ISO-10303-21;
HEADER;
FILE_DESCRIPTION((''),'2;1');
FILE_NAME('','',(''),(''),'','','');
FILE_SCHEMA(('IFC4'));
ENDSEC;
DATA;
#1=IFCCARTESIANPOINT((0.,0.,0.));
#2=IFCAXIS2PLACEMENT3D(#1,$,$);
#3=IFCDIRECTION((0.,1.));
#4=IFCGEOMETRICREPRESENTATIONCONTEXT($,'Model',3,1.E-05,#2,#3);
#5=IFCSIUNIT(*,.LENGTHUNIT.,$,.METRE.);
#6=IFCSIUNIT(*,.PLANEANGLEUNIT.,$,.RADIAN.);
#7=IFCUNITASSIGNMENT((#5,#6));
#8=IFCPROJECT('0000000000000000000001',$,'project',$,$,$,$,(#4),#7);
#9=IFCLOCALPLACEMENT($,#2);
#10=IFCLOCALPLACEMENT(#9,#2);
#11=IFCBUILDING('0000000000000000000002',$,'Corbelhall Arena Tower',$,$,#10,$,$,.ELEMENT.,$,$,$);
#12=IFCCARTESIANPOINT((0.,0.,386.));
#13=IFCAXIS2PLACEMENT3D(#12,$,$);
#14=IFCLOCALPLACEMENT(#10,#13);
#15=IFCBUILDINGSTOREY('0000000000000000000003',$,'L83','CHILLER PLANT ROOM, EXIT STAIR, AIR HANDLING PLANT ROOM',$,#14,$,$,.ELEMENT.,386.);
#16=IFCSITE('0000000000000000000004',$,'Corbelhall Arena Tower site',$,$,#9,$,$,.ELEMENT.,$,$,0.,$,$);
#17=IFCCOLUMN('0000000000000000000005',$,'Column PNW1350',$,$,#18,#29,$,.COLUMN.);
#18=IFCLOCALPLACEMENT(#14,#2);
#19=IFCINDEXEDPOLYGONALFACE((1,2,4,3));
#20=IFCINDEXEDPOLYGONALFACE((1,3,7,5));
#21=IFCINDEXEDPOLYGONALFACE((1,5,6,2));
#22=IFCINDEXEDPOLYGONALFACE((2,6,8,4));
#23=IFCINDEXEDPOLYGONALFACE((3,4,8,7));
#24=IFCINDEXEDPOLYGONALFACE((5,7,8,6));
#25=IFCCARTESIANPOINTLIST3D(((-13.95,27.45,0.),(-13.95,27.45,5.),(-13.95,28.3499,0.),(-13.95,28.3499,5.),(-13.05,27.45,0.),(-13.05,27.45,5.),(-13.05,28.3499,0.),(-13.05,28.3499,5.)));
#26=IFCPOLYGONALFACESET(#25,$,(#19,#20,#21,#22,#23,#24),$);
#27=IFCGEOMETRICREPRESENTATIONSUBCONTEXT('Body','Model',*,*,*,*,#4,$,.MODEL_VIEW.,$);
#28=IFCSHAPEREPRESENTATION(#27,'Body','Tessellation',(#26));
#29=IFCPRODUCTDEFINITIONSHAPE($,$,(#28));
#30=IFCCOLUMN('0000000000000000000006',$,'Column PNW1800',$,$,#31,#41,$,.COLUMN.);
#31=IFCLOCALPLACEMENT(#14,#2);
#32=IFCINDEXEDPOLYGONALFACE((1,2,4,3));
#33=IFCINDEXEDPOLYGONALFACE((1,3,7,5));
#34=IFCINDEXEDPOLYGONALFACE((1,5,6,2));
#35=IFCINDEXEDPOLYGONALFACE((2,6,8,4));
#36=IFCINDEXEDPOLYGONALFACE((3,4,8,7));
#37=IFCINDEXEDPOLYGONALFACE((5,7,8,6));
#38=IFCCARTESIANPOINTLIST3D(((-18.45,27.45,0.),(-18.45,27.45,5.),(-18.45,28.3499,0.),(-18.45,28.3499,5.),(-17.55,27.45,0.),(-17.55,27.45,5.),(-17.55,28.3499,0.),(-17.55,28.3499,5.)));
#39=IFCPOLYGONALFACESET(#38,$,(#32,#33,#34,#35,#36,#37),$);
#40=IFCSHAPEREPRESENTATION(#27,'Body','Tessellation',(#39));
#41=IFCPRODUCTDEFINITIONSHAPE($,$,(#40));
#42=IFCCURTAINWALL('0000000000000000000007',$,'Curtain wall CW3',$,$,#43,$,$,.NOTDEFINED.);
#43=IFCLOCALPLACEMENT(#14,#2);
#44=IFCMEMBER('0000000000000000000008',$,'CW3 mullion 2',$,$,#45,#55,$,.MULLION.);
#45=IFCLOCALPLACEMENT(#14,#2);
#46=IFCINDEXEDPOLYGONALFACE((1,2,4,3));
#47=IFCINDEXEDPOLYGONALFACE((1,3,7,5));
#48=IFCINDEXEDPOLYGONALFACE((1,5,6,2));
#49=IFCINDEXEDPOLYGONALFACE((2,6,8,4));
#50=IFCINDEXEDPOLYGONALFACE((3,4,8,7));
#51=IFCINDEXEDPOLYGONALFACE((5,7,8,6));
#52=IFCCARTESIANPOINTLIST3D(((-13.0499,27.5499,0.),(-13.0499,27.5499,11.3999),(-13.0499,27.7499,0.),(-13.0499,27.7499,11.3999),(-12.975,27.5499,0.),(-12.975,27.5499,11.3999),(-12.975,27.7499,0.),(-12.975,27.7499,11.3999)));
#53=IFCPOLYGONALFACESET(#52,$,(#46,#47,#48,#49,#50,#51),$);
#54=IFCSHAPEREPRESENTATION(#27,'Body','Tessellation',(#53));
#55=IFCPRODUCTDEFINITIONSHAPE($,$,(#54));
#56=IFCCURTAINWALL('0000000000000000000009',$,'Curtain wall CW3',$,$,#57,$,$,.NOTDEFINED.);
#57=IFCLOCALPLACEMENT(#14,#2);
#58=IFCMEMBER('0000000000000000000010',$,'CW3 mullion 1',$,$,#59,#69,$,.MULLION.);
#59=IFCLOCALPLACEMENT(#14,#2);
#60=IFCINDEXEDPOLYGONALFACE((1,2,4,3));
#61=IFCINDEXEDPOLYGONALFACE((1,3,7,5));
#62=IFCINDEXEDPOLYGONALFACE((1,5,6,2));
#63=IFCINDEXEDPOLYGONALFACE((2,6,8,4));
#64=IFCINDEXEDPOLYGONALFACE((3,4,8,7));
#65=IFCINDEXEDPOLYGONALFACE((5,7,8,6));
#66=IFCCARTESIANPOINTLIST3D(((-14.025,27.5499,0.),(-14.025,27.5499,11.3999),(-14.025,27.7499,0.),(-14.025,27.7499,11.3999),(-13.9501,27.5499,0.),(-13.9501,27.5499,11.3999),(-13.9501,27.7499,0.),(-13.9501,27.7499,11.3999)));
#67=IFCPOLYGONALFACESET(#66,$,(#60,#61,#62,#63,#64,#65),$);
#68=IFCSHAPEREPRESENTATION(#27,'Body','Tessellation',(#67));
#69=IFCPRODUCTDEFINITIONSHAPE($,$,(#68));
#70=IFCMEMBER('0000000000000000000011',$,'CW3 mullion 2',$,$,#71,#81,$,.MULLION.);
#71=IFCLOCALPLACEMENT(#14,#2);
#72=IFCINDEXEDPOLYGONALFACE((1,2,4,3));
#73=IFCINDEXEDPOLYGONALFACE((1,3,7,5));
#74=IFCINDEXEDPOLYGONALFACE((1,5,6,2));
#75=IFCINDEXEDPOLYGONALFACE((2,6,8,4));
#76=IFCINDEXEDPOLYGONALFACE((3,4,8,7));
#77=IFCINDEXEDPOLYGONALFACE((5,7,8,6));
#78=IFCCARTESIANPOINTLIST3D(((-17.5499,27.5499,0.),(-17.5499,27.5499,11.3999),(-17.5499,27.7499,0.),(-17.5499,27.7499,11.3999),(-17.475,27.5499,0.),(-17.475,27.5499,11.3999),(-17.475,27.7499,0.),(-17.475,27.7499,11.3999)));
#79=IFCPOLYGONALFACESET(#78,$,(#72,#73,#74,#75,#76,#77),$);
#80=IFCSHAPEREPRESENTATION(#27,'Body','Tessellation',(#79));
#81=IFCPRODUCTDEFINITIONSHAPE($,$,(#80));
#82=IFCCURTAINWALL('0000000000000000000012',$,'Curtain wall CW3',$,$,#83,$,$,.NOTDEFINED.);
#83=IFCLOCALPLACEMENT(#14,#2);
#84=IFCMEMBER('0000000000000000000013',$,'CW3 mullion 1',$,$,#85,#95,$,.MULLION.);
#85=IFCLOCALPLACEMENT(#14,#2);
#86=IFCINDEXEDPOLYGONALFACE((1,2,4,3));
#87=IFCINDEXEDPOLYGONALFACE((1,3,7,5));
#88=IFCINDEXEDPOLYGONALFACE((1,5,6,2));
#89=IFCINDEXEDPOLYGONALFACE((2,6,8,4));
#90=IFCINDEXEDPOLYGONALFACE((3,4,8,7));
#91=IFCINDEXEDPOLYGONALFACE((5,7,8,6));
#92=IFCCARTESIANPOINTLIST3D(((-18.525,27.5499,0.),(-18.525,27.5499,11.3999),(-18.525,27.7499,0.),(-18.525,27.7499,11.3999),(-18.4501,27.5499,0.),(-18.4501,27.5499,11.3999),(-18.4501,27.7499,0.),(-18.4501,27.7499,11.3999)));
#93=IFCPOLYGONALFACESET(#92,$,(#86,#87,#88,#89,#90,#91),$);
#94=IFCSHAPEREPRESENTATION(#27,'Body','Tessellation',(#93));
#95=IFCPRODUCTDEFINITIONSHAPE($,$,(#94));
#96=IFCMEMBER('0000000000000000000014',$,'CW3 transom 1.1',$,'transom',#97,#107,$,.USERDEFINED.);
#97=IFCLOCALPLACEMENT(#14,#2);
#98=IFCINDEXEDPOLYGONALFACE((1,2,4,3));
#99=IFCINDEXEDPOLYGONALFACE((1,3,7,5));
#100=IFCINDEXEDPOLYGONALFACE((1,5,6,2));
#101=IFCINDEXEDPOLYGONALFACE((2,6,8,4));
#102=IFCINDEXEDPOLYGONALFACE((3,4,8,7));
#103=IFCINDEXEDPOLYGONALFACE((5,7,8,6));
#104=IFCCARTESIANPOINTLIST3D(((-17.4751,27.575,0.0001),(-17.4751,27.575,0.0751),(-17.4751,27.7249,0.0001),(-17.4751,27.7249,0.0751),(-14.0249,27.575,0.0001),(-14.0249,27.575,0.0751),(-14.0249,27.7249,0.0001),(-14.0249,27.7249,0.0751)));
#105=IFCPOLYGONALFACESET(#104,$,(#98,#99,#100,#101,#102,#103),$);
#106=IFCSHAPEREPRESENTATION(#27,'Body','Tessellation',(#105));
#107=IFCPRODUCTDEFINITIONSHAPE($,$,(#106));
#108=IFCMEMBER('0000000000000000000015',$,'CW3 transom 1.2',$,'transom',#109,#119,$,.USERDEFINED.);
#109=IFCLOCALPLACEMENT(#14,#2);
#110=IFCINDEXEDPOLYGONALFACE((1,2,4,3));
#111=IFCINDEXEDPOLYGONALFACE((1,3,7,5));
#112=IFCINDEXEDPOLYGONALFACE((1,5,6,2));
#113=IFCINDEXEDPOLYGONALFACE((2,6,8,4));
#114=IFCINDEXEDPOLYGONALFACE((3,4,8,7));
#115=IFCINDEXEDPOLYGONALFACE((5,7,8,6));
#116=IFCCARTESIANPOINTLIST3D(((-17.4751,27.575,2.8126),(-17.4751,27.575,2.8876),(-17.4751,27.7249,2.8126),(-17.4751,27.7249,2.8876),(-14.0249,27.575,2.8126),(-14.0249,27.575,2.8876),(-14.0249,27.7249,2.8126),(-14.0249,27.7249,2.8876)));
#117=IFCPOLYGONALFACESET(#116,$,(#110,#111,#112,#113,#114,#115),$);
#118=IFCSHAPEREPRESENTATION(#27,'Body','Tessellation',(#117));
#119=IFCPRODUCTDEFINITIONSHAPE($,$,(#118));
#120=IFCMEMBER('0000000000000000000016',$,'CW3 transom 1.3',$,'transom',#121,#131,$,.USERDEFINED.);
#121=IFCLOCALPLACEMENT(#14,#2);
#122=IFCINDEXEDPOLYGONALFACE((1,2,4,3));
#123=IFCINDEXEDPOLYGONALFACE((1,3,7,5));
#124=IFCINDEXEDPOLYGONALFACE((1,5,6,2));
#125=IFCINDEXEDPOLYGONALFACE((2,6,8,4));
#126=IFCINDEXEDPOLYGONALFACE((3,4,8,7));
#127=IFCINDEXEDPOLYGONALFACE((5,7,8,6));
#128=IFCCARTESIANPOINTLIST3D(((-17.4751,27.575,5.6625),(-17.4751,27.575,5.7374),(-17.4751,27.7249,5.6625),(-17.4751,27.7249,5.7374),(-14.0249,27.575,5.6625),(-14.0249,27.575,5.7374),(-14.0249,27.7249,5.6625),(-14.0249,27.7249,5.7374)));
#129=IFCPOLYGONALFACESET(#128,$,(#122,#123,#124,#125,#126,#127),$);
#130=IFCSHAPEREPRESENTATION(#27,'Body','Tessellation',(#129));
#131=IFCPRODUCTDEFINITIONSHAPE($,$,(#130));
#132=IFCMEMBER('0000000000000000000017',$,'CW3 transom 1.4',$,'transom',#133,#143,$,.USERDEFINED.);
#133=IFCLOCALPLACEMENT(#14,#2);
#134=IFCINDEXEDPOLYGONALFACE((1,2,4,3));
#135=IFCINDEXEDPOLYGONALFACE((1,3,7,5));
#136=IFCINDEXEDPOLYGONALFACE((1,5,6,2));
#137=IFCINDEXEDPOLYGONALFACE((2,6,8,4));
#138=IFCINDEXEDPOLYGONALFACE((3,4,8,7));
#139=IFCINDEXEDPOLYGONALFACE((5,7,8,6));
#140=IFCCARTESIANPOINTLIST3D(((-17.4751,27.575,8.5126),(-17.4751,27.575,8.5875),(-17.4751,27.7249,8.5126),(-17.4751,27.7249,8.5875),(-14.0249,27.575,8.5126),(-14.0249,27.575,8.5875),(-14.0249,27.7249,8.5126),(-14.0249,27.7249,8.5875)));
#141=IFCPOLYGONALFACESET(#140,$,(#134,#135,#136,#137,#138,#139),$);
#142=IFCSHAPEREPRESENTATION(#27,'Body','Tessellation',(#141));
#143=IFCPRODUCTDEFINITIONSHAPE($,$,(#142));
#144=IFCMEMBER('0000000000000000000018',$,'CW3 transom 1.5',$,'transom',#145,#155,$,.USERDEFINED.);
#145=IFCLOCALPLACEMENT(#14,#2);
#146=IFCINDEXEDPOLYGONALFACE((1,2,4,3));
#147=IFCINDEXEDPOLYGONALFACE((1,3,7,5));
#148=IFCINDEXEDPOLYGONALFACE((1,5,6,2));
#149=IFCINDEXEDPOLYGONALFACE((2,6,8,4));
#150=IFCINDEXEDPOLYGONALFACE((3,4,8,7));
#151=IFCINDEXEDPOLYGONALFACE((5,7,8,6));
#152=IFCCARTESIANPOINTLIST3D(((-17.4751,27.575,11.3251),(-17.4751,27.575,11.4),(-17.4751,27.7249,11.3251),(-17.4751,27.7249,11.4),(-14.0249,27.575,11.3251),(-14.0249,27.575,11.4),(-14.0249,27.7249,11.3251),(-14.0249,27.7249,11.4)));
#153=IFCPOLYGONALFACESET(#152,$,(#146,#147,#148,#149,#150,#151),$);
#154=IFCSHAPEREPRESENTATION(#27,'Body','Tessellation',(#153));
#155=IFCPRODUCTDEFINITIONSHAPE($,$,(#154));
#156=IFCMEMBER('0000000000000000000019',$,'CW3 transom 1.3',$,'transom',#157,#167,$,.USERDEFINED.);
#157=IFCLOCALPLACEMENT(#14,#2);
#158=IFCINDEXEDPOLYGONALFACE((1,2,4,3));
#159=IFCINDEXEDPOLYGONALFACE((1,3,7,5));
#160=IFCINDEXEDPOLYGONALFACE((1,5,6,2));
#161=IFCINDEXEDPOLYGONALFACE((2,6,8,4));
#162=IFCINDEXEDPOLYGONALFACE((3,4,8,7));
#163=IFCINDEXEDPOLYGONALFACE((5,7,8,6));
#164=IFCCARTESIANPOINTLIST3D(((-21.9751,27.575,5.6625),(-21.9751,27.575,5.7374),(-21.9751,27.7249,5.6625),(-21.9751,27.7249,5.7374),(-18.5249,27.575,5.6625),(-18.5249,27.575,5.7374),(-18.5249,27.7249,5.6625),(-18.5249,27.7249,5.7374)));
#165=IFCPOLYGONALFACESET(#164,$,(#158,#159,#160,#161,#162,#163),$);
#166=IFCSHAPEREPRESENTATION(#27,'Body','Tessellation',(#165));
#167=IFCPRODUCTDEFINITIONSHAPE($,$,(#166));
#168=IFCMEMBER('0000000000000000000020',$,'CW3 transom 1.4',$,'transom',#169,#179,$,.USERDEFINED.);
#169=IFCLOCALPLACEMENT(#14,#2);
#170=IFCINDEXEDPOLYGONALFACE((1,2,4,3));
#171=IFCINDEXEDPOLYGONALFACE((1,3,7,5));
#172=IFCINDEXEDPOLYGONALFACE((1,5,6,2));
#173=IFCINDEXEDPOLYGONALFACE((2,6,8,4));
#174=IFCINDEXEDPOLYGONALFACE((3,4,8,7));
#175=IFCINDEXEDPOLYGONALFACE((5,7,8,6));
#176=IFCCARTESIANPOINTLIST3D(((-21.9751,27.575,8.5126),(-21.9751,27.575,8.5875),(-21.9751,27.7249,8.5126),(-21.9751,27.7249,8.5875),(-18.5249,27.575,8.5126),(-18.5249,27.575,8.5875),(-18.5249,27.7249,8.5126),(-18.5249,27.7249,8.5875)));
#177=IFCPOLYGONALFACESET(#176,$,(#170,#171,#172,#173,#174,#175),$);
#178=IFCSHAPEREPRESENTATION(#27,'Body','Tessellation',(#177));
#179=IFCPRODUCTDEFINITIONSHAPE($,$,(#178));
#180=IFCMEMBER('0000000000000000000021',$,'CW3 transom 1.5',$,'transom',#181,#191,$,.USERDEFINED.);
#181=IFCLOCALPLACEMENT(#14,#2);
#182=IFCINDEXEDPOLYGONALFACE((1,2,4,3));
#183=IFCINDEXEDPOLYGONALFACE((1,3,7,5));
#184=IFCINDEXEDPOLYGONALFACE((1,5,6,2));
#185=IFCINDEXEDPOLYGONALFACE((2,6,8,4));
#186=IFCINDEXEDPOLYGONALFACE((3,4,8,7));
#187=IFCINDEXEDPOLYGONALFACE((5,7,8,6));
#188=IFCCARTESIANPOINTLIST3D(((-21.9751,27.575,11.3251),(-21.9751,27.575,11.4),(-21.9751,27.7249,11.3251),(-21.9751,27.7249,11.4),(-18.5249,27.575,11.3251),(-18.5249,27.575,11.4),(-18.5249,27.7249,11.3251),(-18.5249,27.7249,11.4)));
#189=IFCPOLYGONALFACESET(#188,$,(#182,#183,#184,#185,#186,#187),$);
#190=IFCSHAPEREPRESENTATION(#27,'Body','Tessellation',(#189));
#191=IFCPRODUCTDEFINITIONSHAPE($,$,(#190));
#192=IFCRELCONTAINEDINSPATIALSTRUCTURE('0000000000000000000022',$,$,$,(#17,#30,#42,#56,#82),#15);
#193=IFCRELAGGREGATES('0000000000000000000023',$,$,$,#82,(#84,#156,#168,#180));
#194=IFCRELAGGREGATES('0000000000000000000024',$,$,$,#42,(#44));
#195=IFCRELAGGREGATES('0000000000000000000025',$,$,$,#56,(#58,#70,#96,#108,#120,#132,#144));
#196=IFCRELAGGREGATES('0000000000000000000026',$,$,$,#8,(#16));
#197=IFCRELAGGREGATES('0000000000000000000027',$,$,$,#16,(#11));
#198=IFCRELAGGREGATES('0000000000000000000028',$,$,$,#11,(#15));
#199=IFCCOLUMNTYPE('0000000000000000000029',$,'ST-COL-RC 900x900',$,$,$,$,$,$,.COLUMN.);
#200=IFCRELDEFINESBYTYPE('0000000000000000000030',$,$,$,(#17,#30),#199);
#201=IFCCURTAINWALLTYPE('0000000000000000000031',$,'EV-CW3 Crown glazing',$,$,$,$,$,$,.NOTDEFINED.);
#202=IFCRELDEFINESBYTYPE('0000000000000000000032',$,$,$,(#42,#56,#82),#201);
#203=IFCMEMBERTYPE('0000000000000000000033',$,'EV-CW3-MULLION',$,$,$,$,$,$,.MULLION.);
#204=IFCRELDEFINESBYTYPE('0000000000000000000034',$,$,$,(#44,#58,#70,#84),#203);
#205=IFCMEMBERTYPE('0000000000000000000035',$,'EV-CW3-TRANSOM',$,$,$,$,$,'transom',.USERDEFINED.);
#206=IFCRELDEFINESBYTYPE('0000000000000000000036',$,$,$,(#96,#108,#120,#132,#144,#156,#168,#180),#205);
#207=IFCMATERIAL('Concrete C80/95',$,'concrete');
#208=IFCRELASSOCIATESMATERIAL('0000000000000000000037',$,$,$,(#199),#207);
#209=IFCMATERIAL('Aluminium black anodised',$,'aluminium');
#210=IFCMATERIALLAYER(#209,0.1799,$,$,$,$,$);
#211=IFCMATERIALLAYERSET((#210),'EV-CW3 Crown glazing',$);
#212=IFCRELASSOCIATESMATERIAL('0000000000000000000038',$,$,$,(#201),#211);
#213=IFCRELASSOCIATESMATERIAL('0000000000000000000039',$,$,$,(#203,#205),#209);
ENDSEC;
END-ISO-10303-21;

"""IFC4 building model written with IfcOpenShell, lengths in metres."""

from ifc_helpers import new_model, si_unit, direction, frame, origin, origin_2d, place, context, subcontext, project, spatial, rectangle, extrude, material, layer, layer_set, material_profile, profile_set, type_object, element, aggregate, save


model = new_model("IFC4")

# Units and contexts
model_context = context("Model", 3, precision=1e-05, world=origin(), true_north=direction((0.0, 1.0)))
body_context = subcontext(model_context, "Body", "Model", "MODEL_VIEW")
ifc_project = project(units=[si_unit("LENGTHUNIT", "METRE"), si_unit("PLANEANGLEUNIT", "RADIAN")], contexts=[model_context])

# Site, building, storey
site_placement = place(None, origin())
site = spatial("IfcSite", under=ifc_project, at=site_placement, Name="Corbelhall Arena Tower site", CompositionType="ELEMENT", RefElevation=0.0)
building_placement = place(site_placement, origin())
building = spatial("IfcBuilding", under=site, at=building_placement, Name="Corbelhall Arena Tower", CompositionType="ELEMENT")
storey_placement = place(building_placement, frame((0.0, 0.0, 386.0)))
storey = spatial("IfcBuildingStorey", under=building, at=storey_placement, Name="L83", Description="CHILLER PLANT ROOM, EXIT STAIR, AIR HANDLING PLANT ROOM", CompositionType="ELEMENT", Elevation=386.0)

# Columns
ifc_material_1 = material(Name="Concrete C80/95", Category="concrete")
ifc_material_profile_1 = material_profile(ifc_material_1, rectangle(XDim=0.8999, YDim=0.8999, at=origin_2d()))
ifc_profile_set_1 = profile_set([ifc_material_profile_1], Name="Concrete C80/95")
column_type = type_object("IfcColumnType", Name="ST-COL-RC 900x900", PredefinedType="COLUMN", material=ifc_profile_set_1)
for number, where, z_axis, x_axis, name in (
    (1, (-13.5, 27.8999, 0.0), (0.0, 0.0, 1.0), (1.0, 0.0, 0.0), "Column PNW1350"),
    (2, (-18.0, 27.8999, 0.0), (0.0, 0.0, 1.0), (1.0, 0.0, 0.0), "Column PNW1800"),
):
    element("IfcColumn", number, at=place(storey_placement, frame(where, z_axis=z_axis, x_axis=x_axis)), inside=storey, type_object=column_type, Name=name, PredefinedType="COLUMN", context=body_context, shape_type="SweptSolid", body=[
        extrude(rectangle(XDim=0.8999, YDim=0.8999, at=origin_2d()), origin(), (0.0, 0.0, 1.0), 5.0),
    ])

# Curtain wall, member
ifc_material_2 = material(Name="Aluminium black anodised", Category="aluminium")
ifc_layer_1 = layer(ifc_material_2, 0.1799)
ifc_layer_set_1 = layer_set([ifc_layer_1], Name="EV-CW3 Crown glazing")
curtain_wall_type = type_object("IfcCurtainWallType", Name="EV-CW3 Crown glazing", PredefinedType="NOTDEFINED", material=ifc_layer_set_1)
curtain_wall_1_placement = place(storey_placement, origin())
curtain_wall_1 = element("IfcCurtainWall", 3, at=curtain_wall_1_placement, inside=storey, type_object=curtain_wall_type, Name="Curtain wall CW3", PredefinedType="NOTDEFINED")
ifc_material_profile_2 = material_profile(ifc_material_2, rectangle(XDim=0.2, YDim=0.075, at=origin_2d()))
ifc_profile_set_2 = profile_set([ifc_material_profile_2], Name="Aluminium black anodised")
member_type_1 = type_object("IfcMemberType", Name="EV-CW3-MULLION", PredefinedType="MULLION", material=ifc_profile_set_2)
member_1_placement = place(storey_placement, frame((-13.0125, 27.6499, 0.0), z_axis=(0.0, 0.0, 1.0), x_axis=(0.0, -1.0, 0.0)))
member_1 = element("IfcMember", 4, at=member_1_placement, type_object=member_type_1, Name="CW3 mullion 2", PredefinedType="MULLION", context=body_context, shape_type="SweptSolid", body=[
    extrude(rectangle(XDim=0.2, YDim=0.075, at=origin_2d()), origin(), (0.0, 0.0, 1.0), 11.3999),
])

# Curtain wall, members
curtain_wall_2_placement = place(storey_placement, origin())
curtain_wall_2 = element("IfcCurtainWall", 5, at=curtain_wall_2_placement, inside=storey, type_object=curtain_wall_type, Name="Curtain wall CW3", PredefinedType="NOTDEFINED")
member_2_placement = place(storey_placement, frame((-13.9875, 27.6499, 0.0), z_axis=(0.0, 0.0, 1.0), x_axis=(0.0, -1.0, 0.0)))
member_2 = element("IfcMember", 6, at=member_2_placement, type_object=member_type_1, Name="CW3 mullion 1", PredefinedType="MULLION", context=body_context, shape_type="SweptSolid", body=[
    extrude(rectangle(XDim=0.2, YDim=0.075, at=origin_2d()), origin(), (0.0, 0.0, 1.0), 11.3999),
])
member_3_placement = place(storey_placement, frame((-17.5125, 27.6499, 0.0), z_axis=(0.0, 0.0, 1.0), x_axis=(0.0, -1.0, 0.0)))
member_3 = element("IfcMember", 7, at=member_3_placement, type_object=member_type_1, Name="CW3 mullion 2", PredefinedType="MULLION", context=body_context, shape_type="SweptSolid", body=[
    extrude(rectangle(XDim=0.2, YDim=0.075, at=origin_2d()), origin(), (0.0, 0.0, 1.0), 11.3999),
])

# Curtain wall, member
curtain_wall_3_placement = place(storey_placement, origin())
curtain_wall_3 = element("IfcCurtainWall", 8, at=curtain_wall_3_placement, inside=storey, type_object=curtain_wall_type, Name="Curtain wall CW3", PredefinedType="NOTDEFINED")
member_4_placement = place(storey_placement, frame((-18.4875, 27.6499, 0.0), z_axis=(0.0, 0.0, 1.0), x_axis=(0.0, -1.0, 0.0)))
member_4 = element("IfcMember", 9, at=member_4_placement, type_object=member_type_1, Name="CW3 mullion 1", PredefinedType="MULLION", context=body_context, shape_type="SweptSolid", body=[
    extrude(rectangle(XDim=0.2, YDim=0.075, at=origin_2d()), origin(), (0.0, 0.0, 1.0), 11.3999),
])

# Members
ifc_material_profile_3 = material_profile(ifc_material_2, rectangle(XDim=0.1499, YDim=0.075, at=origin_2d()))
ifc_profile_set_3 = profile_set([ifc_material_profile_3], Name="Aluminium black anodised")
member_type_2 = type_object("IfcMemberType", Name="EV-CW3-TRANSOM", ElementType="transom", PredefinedType="USERDEFINED", material=ifc_profile_set_3)
member_5_placement = place(storey_placement, frame((-14.0249, 27.6499, 0.0376), z_axis=(-1.0, 0.0, 0.0), x_axis=(0.0, -1.0, 0.0)))
member_5 = element("IfcMember", 10, at=member_5_placement, type_object=member_type_2, Name="CW3 transom 1.1", ObjectType="transom", PredefinedType="USERDEFINED", context=body_context, shape_type="SweptSolid", body=[
    extrude(rectangle(XDim=0.1499, YDim=0.075, at=origin_2d()), origin(), (0.0, 0.0, 1.0), 3.4502),
])
member_6_placement = place(storey_placement, frame((-14.0249, 27.6499, 2.8501), z_axis=(-1.0, 0.0, 0.0), x_axis=(0.0, -1.0, 0.0)))
member_6 = element("IfcMember", 11, at=member_6_placement, type_object=member_type_2, Name="CW3 transom 1.2", ObjectType="transom", PredefinedType="USERDEFINED", context=body_context, shape_type="SweptSolid", body=[
    extrude(rectangle(XDim=0.1499, YDim=0.075, at=origin_2d()), origin(), (0.0, 0.0, 1.0), 3.4502),
])
member_7_placement = place(storey_placement, frame((-14.0249, 27.6499, 5.7), z_axis=(-1.0, 0.0, 0.0), x_axis=(0.0, -1.0, 0.0)))
member_7 = element("IfcMember", 12, at=member_7_placement, type_object=member_type_2, Name="CW3 transom 1.3", ObjectType="transom", PredefinedType="USERDEFINED", context=body_context, shape_type="SweptSolid", body=[
    extrude(rectangle(XDim=0.1499, YDim=0.075, at=origin_2d()), origin(), (0.0, 0.0, 1.0), 3.4502),
])
member_8_placement = place(storey_placement, frame((-14.0249, 27.6499, 8.55), z_axis=(-1.0, 0.0, 0.0), x_axis=(0.0, -1.0, 0.0)))
member_8 = element("IfcMember", 13, at=member_8_placement, type_object=member_type_2, Name="CW3 transom 1.4", ObjectType="transom", PredefinedType="USERDEFINED", context=body_context, shape_type="SweptSolid", body=[
    extrude(rectangle(XDim=0.1499, YDim=0.075, at=origin_2d()), origin(), (0.0, 0.0, 1.0), 3.4502),
])
member_9_placement = place(storey_placement, frame((-14.0249, 27.6499, 11.3625), z_axis=(-1.0, 0.0, 0.0), x_axis=(0.0, -1.0, 0.0)))
member_9 = element("IfcMember", 14, at=member_9_placement, type_object=member_type_2, Name="CW3 transom 1.5", ObjectType="transom", PredefinedType="USERDEFINED", context=body_context, shape_type="SweptSolid", body=[
    extrude(rectangle(XDim=0.1499, YDim=0.075, at=origin_2d()), origin(), (0.0, 0.0, 1.0), 3.4502),
])
member_10_placement = place(storey_placement, frame((-18.5249, 27.6499, 5.7), z_axis=(-1.0, 0.0, 0.0), x_axis=(0.0, -1.0, 0.0)))
member_10 = element("IfcMember", 15, at=member_10_placement, type_object=member_type_2, Name="CW3 transom 1.3", ObjectType="transom", PredefinedType="USERDEFINED", context=body_context, shape_type="SweptSolid", body=[
    extrude(rectangle(XDim=0.1499, YDim=0.075, at=origin_2d()), origin(), (0.0, 0.0, 1.0), 3.4502),
])
member_11_placement = place(storey_placement, frame((-18.5249, 27.6499, 8.55), z_axis=(-1.0, 0.0, 0.0), x_axis=(0.0, -1.0, 0.0)))
member_11 = element("IfcMember", 16, at=member_11_placement, type_object=member_type_2, Name="CW3 transom 1.4", ObjectType="transom", PredefinedType="USERDEFINED", context=body_context, shape_type="SweptSolid", body=[
    extrude(rectangle(XDim=0.1499, YDim=0.075, at=origin_2d()), origin(), (0.0, 0.0, 1.0), 3.4502),
])
member_12_placement = place(storey_placement, frame((-18.5249, 27.6499, 11.3625), z_axis=(-1.0, 0.0, 0.0), x_axis=(0.0, -1.0, 0.0)))
member_12 = element("IfcMember", 17, at=member_12_placement, type_object=member_type_2, Name="CW3 transom 1.5", ObjectType="transom", PredefinedType="USERDEFINED", context=body_context, shape_type="SweptSolid", body=[
    extrude(rectangle(XDim=0.1499, YDim=0.075, at=origin_2d()), origin(), (0.0, 0.0, 1.0), 3.4502),
])
aggregate(curtain_wall_3, [member_4, member_10, member_11, member_12])

aggregate(curtain_wall_1, [member_1])
aggregate(curtain_wall_2, [member_2, member_3, member_5, member_6, member_7, member_8, member_9])

save(model, "model.ifc")
